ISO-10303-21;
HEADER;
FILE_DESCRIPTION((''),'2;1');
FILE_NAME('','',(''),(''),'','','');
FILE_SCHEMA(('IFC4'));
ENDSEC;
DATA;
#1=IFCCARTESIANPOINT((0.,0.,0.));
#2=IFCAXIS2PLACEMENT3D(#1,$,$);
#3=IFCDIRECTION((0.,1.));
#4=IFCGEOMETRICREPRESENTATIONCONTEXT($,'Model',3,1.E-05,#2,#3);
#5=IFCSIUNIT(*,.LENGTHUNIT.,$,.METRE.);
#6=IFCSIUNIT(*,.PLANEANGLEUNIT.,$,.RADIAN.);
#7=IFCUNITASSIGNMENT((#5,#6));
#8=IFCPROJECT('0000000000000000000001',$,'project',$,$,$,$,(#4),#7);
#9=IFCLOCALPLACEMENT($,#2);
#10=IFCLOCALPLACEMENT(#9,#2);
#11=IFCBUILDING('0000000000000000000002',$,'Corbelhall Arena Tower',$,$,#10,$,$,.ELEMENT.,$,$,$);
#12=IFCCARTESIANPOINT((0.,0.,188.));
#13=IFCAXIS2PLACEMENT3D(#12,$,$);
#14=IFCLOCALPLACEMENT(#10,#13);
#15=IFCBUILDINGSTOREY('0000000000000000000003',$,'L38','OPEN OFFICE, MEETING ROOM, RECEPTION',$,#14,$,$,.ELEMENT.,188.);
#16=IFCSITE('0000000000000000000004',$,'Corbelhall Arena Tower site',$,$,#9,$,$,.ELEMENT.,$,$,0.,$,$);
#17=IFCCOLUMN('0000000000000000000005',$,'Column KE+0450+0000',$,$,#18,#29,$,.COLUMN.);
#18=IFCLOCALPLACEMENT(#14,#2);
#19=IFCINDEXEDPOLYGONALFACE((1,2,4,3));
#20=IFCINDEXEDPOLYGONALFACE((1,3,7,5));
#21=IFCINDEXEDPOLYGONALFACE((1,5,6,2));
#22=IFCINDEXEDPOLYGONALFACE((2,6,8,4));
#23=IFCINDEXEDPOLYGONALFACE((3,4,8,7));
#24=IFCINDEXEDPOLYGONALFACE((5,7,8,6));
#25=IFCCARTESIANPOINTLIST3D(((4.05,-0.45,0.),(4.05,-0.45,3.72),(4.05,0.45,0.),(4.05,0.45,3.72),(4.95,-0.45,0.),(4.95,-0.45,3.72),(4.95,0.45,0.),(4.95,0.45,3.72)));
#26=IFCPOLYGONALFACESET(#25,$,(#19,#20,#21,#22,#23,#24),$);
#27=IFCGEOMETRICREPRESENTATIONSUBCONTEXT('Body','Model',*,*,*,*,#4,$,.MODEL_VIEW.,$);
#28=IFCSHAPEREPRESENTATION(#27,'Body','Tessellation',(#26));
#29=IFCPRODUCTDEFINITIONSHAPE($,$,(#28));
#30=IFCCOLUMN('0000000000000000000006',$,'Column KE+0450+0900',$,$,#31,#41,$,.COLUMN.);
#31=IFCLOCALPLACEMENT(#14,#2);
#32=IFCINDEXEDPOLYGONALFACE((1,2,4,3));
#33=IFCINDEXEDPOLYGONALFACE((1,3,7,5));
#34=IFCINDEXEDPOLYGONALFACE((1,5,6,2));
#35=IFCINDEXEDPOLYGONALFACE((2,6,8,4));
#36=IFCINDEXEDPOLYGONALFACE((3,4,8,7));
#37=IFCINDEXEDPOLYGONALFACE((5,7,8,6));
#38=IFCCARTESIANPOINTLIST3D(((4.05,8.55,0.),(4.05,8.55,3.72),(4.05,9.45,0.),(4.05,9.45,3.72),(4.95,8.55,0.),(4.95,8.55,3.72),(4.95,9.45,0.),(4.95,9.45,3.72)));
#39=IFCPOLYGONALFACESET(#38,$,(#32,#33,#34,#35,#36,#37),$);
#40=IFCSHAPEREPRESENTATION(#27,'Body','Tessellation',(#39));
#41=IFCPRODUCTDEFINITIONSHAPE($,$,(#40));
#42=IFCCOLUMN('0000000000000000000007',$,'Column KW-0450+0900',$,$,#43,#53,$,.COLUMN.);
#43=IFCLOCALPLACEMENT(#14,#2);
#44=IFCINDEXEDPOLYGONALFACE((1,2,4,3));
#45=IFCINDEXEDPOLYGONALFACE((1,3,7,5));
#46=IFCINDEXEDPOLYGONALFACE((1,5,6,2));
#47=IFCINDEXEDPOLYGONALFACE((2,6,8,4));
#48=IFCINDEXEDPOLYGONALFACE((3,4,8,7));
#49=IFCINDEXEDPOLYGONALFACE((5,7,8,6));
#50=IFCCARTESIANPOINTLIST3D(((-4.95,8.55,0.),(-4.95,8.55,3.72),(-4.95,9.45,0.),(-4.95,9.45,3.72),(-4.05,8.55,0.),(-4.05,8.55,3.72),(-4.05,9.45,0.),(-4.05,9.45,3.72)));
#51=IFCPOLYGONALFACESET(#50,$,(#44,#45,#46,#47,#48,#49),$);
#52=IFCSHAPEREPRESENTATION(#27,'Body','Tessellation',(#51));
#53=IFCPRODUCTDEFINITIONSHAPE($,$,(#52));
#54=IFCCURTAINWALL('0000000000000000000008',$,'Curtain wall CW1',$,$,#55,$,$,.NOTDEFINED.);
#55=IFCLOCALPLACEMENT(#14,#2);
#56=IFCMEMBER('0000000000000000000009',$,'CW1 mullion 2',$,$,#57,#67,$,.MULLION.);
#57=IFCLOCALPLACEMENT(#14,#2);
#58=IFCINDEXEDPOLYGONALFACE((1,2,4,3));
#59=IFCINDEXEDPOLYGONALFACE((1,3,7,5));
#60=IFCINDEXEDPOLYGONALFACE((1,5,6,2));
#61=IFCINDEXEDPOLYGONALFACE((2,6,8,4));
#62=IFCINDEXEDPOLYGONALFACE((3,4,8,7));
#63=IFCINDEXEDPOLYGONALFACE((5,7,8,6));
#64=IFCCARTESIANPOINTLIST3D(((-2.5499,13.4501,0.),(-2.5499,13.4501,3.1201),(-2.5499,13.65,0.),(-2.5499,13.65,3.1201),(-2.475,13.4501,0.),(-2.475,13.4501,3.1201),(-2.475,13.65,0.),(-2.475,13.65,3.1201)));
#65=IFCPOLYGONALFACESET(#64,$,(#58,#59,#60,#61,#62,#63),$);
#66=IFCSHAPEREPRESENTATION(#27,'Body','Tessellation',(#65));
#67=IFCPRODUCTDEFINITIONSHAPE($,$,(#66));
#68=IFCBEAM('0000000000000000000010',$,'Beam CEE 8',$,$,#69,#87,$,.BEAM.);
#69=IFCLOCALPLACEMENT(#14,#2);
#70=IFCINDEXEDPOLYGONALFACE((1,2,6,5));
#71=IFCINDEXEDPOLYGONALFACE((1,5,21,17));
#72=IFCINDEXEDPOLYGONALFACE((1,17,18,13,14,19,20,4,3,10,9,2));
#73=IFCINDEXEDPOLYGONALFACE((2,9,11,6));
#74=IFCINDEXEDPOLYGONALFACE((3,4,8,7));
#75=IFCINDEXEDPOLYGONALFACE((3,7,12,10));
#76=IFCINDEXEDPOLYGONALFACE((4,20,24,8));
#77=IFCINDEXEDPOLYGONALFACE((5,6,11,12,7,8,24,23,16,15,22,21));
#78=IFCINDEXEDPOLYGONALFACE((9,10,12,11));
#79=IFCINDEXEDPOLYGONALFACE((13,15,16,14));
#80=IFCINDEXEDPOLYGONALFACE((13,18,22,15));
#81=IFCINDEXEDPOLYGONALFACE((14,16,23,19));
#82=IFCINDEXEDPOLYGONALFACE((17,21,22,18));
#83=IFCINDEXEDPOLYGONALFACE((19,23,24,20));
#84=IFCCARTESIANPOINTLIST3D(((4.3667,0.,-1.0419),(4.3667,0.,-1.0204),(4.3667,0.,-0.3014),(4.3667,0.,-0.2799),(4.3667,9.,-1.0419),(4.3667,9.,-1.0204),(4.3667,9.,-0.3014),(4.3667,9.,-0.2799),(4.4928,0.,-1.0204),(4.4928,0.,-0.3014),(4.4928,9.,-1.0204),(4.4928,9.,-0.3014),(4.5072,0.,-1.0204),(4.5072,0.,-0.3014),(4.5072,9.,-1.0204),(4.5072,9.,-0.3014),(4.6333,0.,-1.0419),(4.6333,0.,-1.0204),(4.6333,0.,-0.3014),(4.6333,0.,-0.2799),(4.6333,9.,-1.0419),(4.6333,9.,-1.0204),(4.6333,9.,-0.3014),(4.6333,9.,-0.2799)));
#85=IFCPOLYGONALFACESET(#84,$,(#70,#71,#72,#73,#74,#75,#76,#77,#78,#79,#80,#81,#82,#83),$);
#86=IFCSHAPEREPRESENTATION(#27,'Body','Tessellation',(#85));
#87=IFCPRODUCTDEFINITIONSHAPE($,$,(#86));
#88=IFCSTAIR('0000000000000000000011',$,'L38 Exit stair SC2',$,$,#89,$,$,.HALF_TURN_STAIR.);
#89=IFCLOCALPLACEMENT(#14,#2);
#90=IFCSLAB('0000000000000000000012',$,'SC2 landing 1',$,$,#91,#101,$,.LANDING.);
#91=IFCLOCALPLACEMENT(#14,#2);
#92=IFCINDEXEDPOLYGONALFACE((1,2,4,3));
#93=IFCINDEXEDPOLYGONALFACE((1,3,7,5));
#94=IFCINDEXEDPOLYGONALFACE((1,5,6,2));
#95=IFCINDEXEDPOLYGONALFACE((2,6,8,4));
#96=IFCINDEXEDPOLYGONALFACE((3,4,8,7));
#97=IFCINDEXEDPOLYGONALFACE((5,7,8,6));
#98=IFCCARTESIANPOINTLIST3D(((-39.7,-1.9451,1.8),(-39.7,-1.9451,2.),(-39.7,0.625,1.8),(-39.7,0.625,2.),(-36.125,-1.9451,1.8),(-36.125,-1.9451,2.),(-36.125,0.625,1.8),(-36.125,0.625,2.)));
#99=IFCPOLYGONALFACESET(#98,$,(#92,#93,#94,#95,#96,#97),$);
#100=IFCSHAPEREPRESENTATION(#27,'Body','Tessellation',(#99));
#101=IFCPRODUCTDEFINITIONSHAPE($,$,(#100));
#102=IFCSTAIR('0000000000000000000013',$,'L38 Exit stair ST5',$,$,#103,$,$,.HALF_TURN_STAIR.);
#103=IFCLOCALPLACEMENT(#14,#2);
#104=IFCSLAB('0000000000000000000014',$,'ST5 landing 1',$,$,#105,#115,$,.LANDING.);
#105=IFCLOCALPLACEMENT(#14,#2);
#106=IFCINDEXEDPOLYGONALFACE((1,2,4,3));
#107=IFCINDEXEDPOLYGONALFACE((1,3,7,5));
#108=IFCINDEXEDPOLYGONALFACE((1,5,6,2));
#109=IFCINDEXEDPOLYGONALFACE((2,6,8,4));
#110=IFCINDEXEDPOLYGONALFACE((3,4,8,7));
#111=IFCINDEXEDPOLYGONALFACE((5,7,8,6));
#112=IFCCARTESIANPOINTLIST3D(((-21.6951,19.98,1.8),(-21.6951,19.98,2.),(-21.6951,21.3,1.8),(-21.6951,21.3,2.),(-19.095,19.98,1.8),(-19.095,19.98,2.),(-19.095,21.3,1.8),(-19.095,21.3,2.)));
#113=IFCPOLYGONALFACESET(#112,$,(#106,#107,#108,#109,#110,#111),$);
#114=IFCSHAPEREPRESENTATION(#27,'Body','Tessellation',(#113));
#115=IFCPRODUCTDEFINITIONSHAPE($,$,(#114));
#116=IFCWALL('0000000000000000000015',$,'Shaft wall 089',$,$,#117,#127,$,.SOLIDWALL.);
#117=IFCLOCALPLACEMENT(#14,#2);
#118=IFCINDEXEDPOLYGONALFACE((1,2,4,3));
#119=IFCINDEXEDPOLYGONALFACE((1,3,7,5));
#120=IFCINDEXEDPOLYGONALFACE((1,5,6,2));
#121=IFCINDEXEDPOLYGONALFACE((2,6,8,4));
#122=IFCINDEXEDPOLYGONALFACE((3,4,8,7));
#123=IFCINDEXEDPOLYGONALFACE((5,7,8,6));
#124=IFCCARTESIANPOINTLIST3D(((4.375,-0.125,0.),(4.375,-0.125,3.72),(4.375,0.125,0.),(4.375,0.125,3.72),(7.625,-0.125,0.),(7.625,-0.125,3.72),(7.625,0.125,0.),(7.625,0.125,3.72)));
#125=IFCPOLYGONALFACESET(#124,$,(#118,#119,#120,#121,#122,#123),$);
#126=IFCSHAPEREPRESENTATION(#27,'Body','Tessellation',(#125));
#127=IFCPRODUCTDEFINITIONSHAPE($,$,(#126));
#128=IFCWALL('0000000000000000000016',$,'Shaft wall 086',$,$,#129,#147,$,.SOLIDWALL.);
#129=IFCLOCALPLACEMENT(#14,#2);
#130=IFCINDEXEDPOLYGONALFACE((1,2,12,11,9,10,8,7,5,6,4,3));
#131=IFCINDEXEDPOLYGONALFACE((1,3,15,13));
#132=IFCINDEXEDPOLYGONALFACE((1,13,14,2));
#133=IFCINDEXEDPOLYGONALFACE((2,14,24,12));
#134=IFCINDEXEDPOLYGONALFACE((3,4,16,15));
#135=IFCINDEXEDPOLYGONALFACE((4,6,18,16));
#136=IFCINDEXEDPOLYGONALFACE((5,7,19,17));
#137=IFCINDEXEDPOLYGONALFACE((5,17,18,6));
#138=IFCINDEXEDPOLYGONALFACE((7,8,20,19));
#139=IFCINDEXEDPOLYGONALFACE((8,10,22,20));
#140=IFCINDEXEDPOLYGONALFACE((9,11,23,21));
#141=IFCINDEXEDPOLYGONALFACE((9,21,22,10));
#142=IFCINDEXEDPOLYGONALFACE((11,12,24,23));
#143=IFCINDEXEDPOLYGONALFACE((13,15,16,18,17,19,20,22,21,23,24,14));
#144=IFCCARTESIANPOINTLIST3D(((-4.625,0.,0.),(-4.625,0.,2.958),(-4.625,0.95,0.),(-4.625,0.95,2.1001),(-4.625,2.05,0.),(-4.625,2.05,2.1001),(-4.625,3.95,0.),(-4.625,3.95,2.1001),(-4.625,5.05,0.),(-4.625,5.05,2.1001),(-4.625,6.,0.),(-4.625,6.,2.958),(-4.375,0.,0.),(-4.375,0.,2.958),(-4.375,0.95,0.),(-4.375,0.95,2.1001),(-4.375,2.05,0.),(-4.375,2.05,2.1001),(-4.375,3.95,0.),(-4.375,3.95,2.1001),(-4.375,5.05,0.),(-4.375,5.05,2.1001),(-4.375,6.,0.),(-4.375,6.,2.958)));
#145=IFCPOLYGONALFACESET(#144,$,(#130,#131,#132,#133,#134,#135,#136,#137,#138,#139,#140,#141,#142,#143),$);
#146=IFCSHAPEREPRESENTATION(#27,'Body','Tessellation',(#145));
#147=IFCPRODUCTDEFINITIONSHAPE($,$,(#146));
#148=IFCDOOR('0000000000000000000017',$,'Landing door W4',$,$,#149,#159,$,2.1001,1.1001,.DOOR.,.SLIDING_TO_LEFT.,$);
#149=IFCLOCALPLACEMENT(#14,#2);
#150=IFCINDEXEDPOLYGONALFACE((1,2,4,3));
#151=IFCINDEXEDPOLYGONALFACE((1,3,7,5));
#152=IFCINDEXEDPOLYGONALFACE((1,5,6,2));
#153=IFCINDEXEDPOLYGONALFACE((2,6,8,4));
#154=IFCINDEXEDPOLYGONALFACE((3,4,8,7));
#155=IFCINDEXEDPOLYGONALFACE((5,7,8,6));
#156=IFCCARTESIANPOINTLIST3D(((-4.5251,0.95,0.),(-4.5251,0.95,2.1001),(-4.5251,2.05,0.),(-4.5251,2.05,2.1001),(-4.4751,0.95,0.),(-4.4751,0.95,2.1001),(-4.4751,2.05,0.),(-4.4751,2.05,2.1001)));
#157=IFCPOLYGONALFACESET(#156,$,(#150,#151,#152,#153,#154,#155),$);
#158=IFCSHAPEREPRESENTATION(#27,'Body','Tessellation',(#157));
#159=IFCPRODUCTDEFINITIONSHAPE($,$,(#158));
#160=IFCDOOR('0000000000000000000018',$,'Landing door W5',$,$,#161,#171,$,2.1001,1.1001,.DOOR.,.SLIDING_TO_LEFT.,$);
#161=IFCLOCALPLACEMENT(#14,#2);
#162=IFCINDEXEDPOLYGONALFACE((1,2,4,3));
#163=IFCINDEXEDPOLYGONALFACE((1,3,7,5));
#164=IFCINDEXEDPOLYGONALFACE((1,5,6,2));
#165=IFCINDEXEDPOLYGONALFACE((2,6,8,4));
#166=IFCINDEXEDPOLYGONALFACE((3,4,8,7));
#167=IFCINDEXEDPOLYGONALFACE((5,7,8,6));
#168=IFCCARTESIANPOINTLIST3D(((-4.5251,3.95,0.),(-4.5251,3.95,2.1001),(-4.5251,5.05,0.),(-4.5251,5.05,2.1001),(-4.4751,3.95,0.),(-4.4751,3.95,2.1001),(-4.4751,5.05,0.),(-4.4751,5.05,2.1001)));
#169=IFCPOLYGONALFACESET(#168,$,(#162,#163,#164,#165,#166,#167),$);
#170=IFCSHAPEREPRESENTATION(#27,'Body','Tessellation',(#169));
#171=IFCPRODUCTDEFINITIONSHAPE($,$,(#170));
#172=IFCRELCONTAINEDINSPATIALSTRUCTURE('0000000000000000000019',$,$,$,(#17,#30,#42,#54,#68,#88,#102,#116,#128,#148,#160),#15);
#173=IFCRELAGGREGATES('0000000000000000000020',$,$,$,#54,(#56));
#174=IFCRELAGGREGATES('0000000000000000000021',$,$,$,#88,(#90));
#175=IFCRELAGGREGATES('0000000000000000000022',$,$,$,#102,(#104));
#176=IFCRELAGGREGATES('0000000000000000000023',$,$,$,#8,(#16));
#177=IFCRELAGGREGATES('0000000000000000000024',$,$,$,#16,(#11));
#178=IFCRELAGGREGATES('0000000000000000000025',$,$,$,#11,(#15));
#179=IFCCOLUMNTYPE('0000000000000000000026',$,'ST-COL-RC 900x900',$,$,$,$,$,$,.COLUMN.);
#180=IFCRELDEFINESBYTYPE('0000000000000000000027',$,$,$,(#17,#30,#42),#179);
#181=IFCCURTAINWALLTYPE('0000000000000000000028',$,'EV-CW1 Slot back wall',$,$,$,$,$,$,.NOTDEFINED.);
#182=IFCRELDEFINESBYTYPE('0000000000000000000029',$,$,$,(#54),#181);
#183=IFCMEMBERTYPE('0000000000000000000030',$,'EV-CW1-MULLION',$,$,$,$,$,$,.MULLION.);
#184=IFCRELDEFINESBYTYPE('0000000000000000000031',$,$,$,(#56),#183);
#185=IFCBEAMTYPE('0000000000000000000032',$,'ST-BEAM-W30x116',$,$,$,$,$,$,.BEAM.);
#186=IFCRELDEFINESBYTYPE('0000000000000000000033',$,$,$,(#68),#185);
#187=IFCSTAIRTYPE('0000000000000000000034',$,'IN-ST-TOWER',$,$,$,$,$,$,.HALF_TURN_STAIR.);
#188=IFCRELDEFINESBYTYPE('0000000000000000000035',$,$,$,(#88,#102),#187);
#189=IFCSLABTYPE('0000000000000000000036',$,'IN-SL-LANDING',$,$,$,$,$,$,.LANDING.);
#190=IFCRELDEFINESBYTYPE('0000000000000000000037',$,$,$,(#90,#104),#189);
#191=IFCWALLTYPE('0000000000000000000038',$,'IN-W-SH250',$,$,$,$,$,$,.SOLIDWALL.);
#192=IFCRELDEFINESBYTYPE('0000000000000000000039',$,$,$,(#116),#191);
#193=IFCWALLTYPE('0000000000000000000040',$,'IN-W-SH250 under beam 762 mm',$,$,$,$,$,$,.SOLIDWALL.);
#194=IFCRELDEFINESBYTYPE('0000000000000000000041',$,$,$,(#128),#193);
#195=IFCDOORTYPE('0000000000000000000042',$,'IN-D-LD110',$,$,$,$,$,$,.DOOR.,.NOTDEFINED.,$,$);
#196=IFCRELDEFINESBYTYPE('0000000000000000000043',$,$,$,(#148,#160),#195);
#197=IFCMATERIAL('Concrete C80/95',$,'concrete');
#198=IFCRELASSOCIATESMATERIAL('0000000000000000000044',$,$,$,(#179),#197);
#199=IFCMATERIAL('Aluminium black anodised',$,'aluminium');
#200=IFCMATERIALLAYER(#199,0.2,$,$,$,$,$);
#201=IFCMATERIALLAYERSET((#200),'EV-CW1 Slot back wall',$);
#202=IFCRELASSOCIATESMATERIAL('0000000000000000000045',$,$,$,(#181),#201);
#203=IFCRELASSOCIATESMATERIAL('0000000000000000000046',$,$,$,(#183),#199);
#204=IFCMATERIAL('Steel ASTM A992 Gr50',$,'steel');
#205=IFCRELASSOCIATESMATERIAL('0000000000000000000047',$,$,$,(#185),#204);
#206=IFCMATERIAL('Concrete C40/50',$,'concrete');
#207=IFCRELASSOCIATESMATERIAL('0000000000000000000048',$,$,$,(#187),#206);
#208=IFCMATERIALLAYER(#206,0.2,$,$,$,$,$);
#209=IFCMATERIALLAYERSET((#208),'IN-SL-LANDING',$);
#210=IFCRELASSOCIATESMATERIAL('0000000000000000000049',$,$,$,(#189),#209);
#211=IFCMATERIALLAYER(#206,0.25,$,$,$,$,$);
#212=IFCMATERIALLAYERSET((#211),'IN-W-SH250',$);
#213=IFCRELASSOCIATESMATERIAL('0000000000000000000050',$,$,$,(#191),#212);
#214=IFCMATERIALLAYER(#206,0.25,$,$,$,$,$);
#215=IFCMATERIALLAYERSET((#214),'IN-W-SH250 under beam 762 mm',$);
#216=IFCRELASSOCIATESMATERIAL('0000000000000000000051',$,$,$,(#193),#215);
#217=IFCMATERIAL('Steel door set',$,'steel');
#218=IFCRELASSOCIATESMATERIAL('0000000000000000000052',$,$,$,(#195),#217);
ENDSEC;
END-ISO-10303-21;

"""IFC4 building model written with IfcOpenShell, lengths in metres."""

from ifc_helpers import new_model, si_unit, direction, frame, frame_2d, origin, origin_2d, place, context, subcontext, project, spatial, polyline, rectangle, i_section, outline, extrude, material, layer, layer_set, material_profile, profile_set, type_object, element, fill, aggregate, save


model = new_model("IFC4")

# Units and contexts
model_context = context("Model", 3, precision=1e-05, world=origin(), true_north=direction((0.0, 1.0)))
body_context = subcontext(model_context, "Body", "Model", "MODEL_VIEW")
ifc_project = project(units=[si_unit("LENGTHUNIT", "METRE"), si_unit("PLANEANGLEUNIT", "RADIAN")], contexts=[model_context])

# Site, building, storey
site_placement = place(None, origin())
site = spatial("IfcSite", under=ifc_project, at=site_placement, Name="Corbelhall Arena Tower site", CompositionType="ELEMENT", RefElevation=0.0)
building_placement = place(site_placement, origin())
building = spatial("IfcBuilding", under=site, at=building_placement, Name="Corbelhall Arena Tower", CompositionType="ELEMENT")
storey_placement = place(building_placement, frame((0.0, 0.0, 188.0)))
storey = spatial("IfcBuildingStorey", under=building, at=storey_placement, Name="L38", Description="OPEN OFFICE, MEETING ROOM, RECEPTION", CompositionType="ELEMENT", Elevation=188.0)

# Columns
ifc_material_1 = material(Name="Concrete C80/95", Category="concrete")
ifc_material_profile_1 = material_profile(ifc_material_1, rectangle(XDim=0.8999, YDim=0.8999, at=origin_2d()))
ifc_profile_set_1 = profile_set([ifc_material_profile_1], Name="Concrete C80/95")
column_type = type_object("IfcColumnType", Name="ST-COL-RC 900x900", PredefinedType="COLUMN", material=ifc_profile_set_1)
for number, where, z_axis, x_axis, name in (
    (1, (4.5, 0.0, 0.0), (0.0, 0.0, 1.0), (1.0, 0.0, 0.0), "Column KE+0450+0000"),
    (2, (4.5, 9.0, 0.0), (0.0, 0.0, 1.0), (1.0, 0.0, 0.0), "Column KE+0450+0900"),
    (3, (-4.5, 9.0, 0.0), (0.0, 0.0, 1.0), (1.0, 0.0, 0.0), "Column KW-0450+0900"),
):
    element("IfcColumn", number, at=place(storey_placement, frame(where, z_axis=z_axis, x_axis=x_axis)), inside=storey, type_object=column_type, Name=name, PredefinedType="COLUMN", context=body_context, shape_type="SweptSolid", body=[
        extrude(rectangle(XDim=0.8999, YDim=0.8999, at=origin_2d()), origin(), (0.0, 0.0, 1.0), 3.72),
    ])

# Curtain wall, member
ifc_material_2 = material(Name="Aluminium black anodised", Category="aluminium")
ifc_layer_1 = layer(ifc_material_2, 0.2)
ifc_layer_set_1 = layer_set([ifc_layer_1], Name="EV-CW1 Slot back wall")
curtain_wall_type = type_object("IfcCurtainWallType", Name="EV-CW1 Slot back wall", PredefinedType="NOTDEFINED", material=ifc_layer_set_1)
curtain_wall_placement = place(storey_placement, origin())
curtain_wall = element("IfcCurtainWall", 4, at=curtain_wall_placement, inside=storey, type_object=curtain_wall_type, Name="Curtain wall CW1", PredefinedType="NOTDEFINED")
ifc_material_profile_2 = material_profile(ifc_material_2, rectangle(XDim=0.2, YDim=0.075, at=origin_2d()))
ifc_profile_set_2 = profile_set([ifc_material_profile_2], Name="Aluminium black anodised")
member_type = type_object("IfcMemberType", Name="EV-CW1-MULLION", PredefinedType="MULLION", material=ifc_profile_set_2)
member_placement = place(storey_placement, frame((-2.5125, 13.55, 0.0), z_axis=(0.0, 0.0, 1.0), x_axis=(0.0, -1.0, 0.0)))
member = element("IfcMember", 5, at=member_placement, type_object=member_type, Name="CW1 mullion 2", PredefinedType="MULLION", context=body_context, shape_type="SweptSolid", body=[
    extrude(rectangle(XDim=0.2, YDim=0.075, at=origin_2d()), origin(), (0.0, 0.0, 1.0), 3.1201),
])
aggregate(curtain_wall, [member])

# Beam
ifc_material_3 = material(Name="Steel ASTM A992 Gr50", Category="steel")
ifc_material_profile_3 = material_profile(ifc_material_3, i_section(OverallWidth=0.2666, OverallDepth=0.762, WebThickness=0.0144, FlangeThickness=0.0215, at=origin_2d()))
ifc_profile_set_3 = profile_set([ifc_material_profile_3], Name="Steel ASTM A992 Gr50")
beam_type = type_object("IfcBeamType", Name="ST-BEAM-W30x116", PredefinedType="BEAM", material=ifc_profile_set_3)
beam_placement = place(storey_placement, frame((4.5, 0.0, -0.6609), z_axis=(0.0, 1.0, 0.0), x_axis=(-1.0, 0.0, 0.0)))
element("IfcBeam", 6, at=beam_placement, inside=storey, type_object=beam_type, Name="Beam CEE 8", PredefinedType="BEAM", context=body_context, shape_type="SweptSolid", body=[
    extrude(i_section(OverallWidth=0.2666, OverallDepth=0.762, WebThickness=0.0144, FlangeThickness=0.0215, at=origin_2d()), origin(), (0.0, 0.0, 1.0), 9.0),
])

# Stairs, slabs
ifc_material_4 = material(Name="Concrete C40/50", Category="concrete")
stair_type = type_object("IfcStairType", Name="IN-ST-TOWER", PredefinedType="HALF_TURN_STAIR", material=ifc_material_4)
stair_1_placement = place(storey_placement, origin())
stair_1 = element("IfcStair", 7, at=stair_1_placement, inside=storey, type_object=stair_type, Name="L38 Exit stair SC2", PredefinedType="HALF_TURN_STAIR")
ifc_layer_2 = layer(ifc_material_4, 0.2)
ifc_layer_set_2 = layer_set([ifc_layer_2], Name="IN-SL-LANDING")
slab_type = type_object("IfcSlabType", Name="IN-SL-LANDING", PredefinedType="LANDING", material=ifc_layer_set_2)
slab_1_placement = place(storey_placement, frame((0.0, 0.0, 1.8)))
slab_1 = element("IfcSlab", 8, at=slab_1_placement, type_object=slab_type, Name="SC2 landing 1", PredefinedType="LANDING", context=body_context, shape_type="SweptSolid", body=[
    extrude(outline(polyline([(-36.125, -1.9451), (-36.125, 0.625), (-39.7, 0.625), (-39.7, -1.9451), (-36.125, -1.9451)])), origin(), (0.0, 0.0, 1.0), 0.2),
])
aggregate(stair_1, [slab_1])
stair_2_placement = place(storey_placement, origin())
stair_2 = element("IfcStair", 9, at=stair_2_placement, inside=storey, type_object=stair_type, Name="L38 Exit stair ST5", PredefinedType="HALF_TURN_STAIR")
slab_2_placement = place(storey_placement, frame((0.0, 0.0, 1.8)))
slab_2 = element("IfcSlab", 10, at=slab_2_placement, type_object=slab_type, Name="ST5 landing 1", PredefinedType="LANDING", context=body_context, shape_type="SweptSolid", body=[
    extrude(outline(polyline([(-19.095, 19.98), (-19.095, 21.3), (-21.6951, 21.3), (-21.6951, 19.98), (-19.095, 19.98)])), origin(), (0.0, 0.0, 1.0), 0.2),
])
aggregate(stair_2, [slab_2])

# Shared definitions
ifc_material_5 = material(Name="Steel door set", Category="steel")

# Wall
ifc_layer_3 = layer(ifc_material_4, 0.25)
ifc_layer_set_3 = layer_set([ifc_layer_3], Name="IN-W-SH250")
wall_type_1 = type_object("IfcWallType", Name="IN-W-SH250", PredefinedType="SOLIDWALL", material=ifc_layer_set_3)
wall_1_placement = place(storey_placement, frame((4.375, 0.0, 0.0), z_axis=(0.0, 0.0, 1.0), x_axis=(1.0, 0.0, 0.0)))
element("IfcWall", 11, at=wall_1_placement, inside=storey, type_object=wall_type_1, Name="Shaft wall 089", PredefinedType="SOLIDWALL", context=body_context, shape_type="SweptSolid", body=[
    extrude(rectangle(XDim=3.25, YDim=0.25, at=frame_2d((1.625, 0.0))), origin(), (0.0, 0.0, 1.0), 3.72),
])

# Wall, openings, doors
ifc_layer_4 = layer(ifc_material_4, 0.25)
ifc_layer_set_4 = layer_set([ifc_layer_4], Name="IN-W-SH250 under beam 762 mm")
wall_type_2 = type_object("IfcWallType", Name="IN-W-SH250 under beam 762 mm", PredefinedType="SOLIDWALL", material=ifc_layer_set_4)
wall_2_placement = place(storey_placement, frame((-4.5, 6.0, 0.0), z_axis=(0.0, 0.0, 1.0), x_axis=(0.0, -1.0, 0.0)))
wall_2 = element("IfcWall", 12, at=wall_2_placement, inside=storey, type_object=wall_type_2, Name="Shaft wall 086", PredefinedType="SOLIDWALL", context=body_context, shape_type="SweptSolid", body=[
    extrude(rectangle(XDim=6.0, YDim=0.25, at=frame_2d((3.0, 0.0))), origin(), (0.0, 0.0, 1.0), 2.958),
])
opening_1_placement = place(wall_2_placement, frame((3.95, 0.0, 0.0)))
opening_1 = element("IfcOpeningElement", 13, at=opening_1_placement, cuts=wall_2, PredefinedType="OPENING", context=body_context, shape_type="SweptSolid", body=[
    extrude(rectangle(XDim=1.1001, YDim=2.1001, at=frame_2d((0.55, 1.05))), frame((0.0, 0.125, 0.0), z_axis=(0.0, -1.0, 0.0), x_axis=(1.0, 0.0, 0.0)), (0.0, 0.0, 1.0), 0.25),
])
opening_2_placement = place(wall_2_placement, frame((0.95, 0.0, 0.0)))
opening_2 = element("IfcOpeningElement", 14, at=opening_2_placement, cuts=wall_2, PredefinedType="OPENING", context=body_context, shape_type="SweptSolid", body=[
    extrude(rectangle(XDim=1.1001, YDim=2.1001, at=frame_2d((0.55, 1.05))), frame((0.0, 0.125, 0.0), z_axis=(0.0, -1.0, 0.0), x_axis=(1.0, 0.0, 0.0)), (0.0, 0.0, 1.0), 0.25),
])
door_type_1 = type_object("IfcDoorType", Name="IN-D-LD110", OperationType="NOTDEFINED", PredefinedType="DOOR", material=ifc_material_5)
door_1_placement = place(opening_1_placement, origin())
door_1 = element("IfcDoor", 15, at=door_1_placement, inside=storey, type_object=door_type_1, Name="Landing door W4", OperationType="SLIDING_TO_LEFT", OverallHeight=2.1001, OverallWidth=1.1001, PredefinedType="DOOR", context=body_context, shape_type="SweptSolid", body=[
    extrude(rectangle(XDim=1.1001, YDim=2.1001, at=frame_2d((0.55, 1.05))), frame((0.0, 0.0249, 0.0), z_axis=(0.0, -1.0, 0.0), x_axis=(1.0, 0.0, 0.0)), (0.0, 0.0, 1.0), 0.05),
])
fill(opening_1, door_1)
door_2_placement = place(opening_2_placement, origin())
door_2 = element("IfcDoor", 16, at=door_2_placement, inside=storey, type_object=door_type_1, Name="Landing door W5", OperationType="SLIDING_TO_LEFT", OverallHeight=2.1001, OverallWidth=1.1001, PredefinedType="DOOR", context=body_context, shape_type="SweptSolid", body=[
    extrude(rectangle(XDim=1.1001, YDim=2.1001, at=frame_2d((0.55, 1.05))), frame((0.0, 0.0249, 0.0), z_axis=(0.0, -1.0, 0.0), x_axis=(1.0, 0.0, 0.0)), (0.0, 0.0, 1.0), 0.05),
])
fill(opening_2, door_2)

save(model, "model.ifc")
